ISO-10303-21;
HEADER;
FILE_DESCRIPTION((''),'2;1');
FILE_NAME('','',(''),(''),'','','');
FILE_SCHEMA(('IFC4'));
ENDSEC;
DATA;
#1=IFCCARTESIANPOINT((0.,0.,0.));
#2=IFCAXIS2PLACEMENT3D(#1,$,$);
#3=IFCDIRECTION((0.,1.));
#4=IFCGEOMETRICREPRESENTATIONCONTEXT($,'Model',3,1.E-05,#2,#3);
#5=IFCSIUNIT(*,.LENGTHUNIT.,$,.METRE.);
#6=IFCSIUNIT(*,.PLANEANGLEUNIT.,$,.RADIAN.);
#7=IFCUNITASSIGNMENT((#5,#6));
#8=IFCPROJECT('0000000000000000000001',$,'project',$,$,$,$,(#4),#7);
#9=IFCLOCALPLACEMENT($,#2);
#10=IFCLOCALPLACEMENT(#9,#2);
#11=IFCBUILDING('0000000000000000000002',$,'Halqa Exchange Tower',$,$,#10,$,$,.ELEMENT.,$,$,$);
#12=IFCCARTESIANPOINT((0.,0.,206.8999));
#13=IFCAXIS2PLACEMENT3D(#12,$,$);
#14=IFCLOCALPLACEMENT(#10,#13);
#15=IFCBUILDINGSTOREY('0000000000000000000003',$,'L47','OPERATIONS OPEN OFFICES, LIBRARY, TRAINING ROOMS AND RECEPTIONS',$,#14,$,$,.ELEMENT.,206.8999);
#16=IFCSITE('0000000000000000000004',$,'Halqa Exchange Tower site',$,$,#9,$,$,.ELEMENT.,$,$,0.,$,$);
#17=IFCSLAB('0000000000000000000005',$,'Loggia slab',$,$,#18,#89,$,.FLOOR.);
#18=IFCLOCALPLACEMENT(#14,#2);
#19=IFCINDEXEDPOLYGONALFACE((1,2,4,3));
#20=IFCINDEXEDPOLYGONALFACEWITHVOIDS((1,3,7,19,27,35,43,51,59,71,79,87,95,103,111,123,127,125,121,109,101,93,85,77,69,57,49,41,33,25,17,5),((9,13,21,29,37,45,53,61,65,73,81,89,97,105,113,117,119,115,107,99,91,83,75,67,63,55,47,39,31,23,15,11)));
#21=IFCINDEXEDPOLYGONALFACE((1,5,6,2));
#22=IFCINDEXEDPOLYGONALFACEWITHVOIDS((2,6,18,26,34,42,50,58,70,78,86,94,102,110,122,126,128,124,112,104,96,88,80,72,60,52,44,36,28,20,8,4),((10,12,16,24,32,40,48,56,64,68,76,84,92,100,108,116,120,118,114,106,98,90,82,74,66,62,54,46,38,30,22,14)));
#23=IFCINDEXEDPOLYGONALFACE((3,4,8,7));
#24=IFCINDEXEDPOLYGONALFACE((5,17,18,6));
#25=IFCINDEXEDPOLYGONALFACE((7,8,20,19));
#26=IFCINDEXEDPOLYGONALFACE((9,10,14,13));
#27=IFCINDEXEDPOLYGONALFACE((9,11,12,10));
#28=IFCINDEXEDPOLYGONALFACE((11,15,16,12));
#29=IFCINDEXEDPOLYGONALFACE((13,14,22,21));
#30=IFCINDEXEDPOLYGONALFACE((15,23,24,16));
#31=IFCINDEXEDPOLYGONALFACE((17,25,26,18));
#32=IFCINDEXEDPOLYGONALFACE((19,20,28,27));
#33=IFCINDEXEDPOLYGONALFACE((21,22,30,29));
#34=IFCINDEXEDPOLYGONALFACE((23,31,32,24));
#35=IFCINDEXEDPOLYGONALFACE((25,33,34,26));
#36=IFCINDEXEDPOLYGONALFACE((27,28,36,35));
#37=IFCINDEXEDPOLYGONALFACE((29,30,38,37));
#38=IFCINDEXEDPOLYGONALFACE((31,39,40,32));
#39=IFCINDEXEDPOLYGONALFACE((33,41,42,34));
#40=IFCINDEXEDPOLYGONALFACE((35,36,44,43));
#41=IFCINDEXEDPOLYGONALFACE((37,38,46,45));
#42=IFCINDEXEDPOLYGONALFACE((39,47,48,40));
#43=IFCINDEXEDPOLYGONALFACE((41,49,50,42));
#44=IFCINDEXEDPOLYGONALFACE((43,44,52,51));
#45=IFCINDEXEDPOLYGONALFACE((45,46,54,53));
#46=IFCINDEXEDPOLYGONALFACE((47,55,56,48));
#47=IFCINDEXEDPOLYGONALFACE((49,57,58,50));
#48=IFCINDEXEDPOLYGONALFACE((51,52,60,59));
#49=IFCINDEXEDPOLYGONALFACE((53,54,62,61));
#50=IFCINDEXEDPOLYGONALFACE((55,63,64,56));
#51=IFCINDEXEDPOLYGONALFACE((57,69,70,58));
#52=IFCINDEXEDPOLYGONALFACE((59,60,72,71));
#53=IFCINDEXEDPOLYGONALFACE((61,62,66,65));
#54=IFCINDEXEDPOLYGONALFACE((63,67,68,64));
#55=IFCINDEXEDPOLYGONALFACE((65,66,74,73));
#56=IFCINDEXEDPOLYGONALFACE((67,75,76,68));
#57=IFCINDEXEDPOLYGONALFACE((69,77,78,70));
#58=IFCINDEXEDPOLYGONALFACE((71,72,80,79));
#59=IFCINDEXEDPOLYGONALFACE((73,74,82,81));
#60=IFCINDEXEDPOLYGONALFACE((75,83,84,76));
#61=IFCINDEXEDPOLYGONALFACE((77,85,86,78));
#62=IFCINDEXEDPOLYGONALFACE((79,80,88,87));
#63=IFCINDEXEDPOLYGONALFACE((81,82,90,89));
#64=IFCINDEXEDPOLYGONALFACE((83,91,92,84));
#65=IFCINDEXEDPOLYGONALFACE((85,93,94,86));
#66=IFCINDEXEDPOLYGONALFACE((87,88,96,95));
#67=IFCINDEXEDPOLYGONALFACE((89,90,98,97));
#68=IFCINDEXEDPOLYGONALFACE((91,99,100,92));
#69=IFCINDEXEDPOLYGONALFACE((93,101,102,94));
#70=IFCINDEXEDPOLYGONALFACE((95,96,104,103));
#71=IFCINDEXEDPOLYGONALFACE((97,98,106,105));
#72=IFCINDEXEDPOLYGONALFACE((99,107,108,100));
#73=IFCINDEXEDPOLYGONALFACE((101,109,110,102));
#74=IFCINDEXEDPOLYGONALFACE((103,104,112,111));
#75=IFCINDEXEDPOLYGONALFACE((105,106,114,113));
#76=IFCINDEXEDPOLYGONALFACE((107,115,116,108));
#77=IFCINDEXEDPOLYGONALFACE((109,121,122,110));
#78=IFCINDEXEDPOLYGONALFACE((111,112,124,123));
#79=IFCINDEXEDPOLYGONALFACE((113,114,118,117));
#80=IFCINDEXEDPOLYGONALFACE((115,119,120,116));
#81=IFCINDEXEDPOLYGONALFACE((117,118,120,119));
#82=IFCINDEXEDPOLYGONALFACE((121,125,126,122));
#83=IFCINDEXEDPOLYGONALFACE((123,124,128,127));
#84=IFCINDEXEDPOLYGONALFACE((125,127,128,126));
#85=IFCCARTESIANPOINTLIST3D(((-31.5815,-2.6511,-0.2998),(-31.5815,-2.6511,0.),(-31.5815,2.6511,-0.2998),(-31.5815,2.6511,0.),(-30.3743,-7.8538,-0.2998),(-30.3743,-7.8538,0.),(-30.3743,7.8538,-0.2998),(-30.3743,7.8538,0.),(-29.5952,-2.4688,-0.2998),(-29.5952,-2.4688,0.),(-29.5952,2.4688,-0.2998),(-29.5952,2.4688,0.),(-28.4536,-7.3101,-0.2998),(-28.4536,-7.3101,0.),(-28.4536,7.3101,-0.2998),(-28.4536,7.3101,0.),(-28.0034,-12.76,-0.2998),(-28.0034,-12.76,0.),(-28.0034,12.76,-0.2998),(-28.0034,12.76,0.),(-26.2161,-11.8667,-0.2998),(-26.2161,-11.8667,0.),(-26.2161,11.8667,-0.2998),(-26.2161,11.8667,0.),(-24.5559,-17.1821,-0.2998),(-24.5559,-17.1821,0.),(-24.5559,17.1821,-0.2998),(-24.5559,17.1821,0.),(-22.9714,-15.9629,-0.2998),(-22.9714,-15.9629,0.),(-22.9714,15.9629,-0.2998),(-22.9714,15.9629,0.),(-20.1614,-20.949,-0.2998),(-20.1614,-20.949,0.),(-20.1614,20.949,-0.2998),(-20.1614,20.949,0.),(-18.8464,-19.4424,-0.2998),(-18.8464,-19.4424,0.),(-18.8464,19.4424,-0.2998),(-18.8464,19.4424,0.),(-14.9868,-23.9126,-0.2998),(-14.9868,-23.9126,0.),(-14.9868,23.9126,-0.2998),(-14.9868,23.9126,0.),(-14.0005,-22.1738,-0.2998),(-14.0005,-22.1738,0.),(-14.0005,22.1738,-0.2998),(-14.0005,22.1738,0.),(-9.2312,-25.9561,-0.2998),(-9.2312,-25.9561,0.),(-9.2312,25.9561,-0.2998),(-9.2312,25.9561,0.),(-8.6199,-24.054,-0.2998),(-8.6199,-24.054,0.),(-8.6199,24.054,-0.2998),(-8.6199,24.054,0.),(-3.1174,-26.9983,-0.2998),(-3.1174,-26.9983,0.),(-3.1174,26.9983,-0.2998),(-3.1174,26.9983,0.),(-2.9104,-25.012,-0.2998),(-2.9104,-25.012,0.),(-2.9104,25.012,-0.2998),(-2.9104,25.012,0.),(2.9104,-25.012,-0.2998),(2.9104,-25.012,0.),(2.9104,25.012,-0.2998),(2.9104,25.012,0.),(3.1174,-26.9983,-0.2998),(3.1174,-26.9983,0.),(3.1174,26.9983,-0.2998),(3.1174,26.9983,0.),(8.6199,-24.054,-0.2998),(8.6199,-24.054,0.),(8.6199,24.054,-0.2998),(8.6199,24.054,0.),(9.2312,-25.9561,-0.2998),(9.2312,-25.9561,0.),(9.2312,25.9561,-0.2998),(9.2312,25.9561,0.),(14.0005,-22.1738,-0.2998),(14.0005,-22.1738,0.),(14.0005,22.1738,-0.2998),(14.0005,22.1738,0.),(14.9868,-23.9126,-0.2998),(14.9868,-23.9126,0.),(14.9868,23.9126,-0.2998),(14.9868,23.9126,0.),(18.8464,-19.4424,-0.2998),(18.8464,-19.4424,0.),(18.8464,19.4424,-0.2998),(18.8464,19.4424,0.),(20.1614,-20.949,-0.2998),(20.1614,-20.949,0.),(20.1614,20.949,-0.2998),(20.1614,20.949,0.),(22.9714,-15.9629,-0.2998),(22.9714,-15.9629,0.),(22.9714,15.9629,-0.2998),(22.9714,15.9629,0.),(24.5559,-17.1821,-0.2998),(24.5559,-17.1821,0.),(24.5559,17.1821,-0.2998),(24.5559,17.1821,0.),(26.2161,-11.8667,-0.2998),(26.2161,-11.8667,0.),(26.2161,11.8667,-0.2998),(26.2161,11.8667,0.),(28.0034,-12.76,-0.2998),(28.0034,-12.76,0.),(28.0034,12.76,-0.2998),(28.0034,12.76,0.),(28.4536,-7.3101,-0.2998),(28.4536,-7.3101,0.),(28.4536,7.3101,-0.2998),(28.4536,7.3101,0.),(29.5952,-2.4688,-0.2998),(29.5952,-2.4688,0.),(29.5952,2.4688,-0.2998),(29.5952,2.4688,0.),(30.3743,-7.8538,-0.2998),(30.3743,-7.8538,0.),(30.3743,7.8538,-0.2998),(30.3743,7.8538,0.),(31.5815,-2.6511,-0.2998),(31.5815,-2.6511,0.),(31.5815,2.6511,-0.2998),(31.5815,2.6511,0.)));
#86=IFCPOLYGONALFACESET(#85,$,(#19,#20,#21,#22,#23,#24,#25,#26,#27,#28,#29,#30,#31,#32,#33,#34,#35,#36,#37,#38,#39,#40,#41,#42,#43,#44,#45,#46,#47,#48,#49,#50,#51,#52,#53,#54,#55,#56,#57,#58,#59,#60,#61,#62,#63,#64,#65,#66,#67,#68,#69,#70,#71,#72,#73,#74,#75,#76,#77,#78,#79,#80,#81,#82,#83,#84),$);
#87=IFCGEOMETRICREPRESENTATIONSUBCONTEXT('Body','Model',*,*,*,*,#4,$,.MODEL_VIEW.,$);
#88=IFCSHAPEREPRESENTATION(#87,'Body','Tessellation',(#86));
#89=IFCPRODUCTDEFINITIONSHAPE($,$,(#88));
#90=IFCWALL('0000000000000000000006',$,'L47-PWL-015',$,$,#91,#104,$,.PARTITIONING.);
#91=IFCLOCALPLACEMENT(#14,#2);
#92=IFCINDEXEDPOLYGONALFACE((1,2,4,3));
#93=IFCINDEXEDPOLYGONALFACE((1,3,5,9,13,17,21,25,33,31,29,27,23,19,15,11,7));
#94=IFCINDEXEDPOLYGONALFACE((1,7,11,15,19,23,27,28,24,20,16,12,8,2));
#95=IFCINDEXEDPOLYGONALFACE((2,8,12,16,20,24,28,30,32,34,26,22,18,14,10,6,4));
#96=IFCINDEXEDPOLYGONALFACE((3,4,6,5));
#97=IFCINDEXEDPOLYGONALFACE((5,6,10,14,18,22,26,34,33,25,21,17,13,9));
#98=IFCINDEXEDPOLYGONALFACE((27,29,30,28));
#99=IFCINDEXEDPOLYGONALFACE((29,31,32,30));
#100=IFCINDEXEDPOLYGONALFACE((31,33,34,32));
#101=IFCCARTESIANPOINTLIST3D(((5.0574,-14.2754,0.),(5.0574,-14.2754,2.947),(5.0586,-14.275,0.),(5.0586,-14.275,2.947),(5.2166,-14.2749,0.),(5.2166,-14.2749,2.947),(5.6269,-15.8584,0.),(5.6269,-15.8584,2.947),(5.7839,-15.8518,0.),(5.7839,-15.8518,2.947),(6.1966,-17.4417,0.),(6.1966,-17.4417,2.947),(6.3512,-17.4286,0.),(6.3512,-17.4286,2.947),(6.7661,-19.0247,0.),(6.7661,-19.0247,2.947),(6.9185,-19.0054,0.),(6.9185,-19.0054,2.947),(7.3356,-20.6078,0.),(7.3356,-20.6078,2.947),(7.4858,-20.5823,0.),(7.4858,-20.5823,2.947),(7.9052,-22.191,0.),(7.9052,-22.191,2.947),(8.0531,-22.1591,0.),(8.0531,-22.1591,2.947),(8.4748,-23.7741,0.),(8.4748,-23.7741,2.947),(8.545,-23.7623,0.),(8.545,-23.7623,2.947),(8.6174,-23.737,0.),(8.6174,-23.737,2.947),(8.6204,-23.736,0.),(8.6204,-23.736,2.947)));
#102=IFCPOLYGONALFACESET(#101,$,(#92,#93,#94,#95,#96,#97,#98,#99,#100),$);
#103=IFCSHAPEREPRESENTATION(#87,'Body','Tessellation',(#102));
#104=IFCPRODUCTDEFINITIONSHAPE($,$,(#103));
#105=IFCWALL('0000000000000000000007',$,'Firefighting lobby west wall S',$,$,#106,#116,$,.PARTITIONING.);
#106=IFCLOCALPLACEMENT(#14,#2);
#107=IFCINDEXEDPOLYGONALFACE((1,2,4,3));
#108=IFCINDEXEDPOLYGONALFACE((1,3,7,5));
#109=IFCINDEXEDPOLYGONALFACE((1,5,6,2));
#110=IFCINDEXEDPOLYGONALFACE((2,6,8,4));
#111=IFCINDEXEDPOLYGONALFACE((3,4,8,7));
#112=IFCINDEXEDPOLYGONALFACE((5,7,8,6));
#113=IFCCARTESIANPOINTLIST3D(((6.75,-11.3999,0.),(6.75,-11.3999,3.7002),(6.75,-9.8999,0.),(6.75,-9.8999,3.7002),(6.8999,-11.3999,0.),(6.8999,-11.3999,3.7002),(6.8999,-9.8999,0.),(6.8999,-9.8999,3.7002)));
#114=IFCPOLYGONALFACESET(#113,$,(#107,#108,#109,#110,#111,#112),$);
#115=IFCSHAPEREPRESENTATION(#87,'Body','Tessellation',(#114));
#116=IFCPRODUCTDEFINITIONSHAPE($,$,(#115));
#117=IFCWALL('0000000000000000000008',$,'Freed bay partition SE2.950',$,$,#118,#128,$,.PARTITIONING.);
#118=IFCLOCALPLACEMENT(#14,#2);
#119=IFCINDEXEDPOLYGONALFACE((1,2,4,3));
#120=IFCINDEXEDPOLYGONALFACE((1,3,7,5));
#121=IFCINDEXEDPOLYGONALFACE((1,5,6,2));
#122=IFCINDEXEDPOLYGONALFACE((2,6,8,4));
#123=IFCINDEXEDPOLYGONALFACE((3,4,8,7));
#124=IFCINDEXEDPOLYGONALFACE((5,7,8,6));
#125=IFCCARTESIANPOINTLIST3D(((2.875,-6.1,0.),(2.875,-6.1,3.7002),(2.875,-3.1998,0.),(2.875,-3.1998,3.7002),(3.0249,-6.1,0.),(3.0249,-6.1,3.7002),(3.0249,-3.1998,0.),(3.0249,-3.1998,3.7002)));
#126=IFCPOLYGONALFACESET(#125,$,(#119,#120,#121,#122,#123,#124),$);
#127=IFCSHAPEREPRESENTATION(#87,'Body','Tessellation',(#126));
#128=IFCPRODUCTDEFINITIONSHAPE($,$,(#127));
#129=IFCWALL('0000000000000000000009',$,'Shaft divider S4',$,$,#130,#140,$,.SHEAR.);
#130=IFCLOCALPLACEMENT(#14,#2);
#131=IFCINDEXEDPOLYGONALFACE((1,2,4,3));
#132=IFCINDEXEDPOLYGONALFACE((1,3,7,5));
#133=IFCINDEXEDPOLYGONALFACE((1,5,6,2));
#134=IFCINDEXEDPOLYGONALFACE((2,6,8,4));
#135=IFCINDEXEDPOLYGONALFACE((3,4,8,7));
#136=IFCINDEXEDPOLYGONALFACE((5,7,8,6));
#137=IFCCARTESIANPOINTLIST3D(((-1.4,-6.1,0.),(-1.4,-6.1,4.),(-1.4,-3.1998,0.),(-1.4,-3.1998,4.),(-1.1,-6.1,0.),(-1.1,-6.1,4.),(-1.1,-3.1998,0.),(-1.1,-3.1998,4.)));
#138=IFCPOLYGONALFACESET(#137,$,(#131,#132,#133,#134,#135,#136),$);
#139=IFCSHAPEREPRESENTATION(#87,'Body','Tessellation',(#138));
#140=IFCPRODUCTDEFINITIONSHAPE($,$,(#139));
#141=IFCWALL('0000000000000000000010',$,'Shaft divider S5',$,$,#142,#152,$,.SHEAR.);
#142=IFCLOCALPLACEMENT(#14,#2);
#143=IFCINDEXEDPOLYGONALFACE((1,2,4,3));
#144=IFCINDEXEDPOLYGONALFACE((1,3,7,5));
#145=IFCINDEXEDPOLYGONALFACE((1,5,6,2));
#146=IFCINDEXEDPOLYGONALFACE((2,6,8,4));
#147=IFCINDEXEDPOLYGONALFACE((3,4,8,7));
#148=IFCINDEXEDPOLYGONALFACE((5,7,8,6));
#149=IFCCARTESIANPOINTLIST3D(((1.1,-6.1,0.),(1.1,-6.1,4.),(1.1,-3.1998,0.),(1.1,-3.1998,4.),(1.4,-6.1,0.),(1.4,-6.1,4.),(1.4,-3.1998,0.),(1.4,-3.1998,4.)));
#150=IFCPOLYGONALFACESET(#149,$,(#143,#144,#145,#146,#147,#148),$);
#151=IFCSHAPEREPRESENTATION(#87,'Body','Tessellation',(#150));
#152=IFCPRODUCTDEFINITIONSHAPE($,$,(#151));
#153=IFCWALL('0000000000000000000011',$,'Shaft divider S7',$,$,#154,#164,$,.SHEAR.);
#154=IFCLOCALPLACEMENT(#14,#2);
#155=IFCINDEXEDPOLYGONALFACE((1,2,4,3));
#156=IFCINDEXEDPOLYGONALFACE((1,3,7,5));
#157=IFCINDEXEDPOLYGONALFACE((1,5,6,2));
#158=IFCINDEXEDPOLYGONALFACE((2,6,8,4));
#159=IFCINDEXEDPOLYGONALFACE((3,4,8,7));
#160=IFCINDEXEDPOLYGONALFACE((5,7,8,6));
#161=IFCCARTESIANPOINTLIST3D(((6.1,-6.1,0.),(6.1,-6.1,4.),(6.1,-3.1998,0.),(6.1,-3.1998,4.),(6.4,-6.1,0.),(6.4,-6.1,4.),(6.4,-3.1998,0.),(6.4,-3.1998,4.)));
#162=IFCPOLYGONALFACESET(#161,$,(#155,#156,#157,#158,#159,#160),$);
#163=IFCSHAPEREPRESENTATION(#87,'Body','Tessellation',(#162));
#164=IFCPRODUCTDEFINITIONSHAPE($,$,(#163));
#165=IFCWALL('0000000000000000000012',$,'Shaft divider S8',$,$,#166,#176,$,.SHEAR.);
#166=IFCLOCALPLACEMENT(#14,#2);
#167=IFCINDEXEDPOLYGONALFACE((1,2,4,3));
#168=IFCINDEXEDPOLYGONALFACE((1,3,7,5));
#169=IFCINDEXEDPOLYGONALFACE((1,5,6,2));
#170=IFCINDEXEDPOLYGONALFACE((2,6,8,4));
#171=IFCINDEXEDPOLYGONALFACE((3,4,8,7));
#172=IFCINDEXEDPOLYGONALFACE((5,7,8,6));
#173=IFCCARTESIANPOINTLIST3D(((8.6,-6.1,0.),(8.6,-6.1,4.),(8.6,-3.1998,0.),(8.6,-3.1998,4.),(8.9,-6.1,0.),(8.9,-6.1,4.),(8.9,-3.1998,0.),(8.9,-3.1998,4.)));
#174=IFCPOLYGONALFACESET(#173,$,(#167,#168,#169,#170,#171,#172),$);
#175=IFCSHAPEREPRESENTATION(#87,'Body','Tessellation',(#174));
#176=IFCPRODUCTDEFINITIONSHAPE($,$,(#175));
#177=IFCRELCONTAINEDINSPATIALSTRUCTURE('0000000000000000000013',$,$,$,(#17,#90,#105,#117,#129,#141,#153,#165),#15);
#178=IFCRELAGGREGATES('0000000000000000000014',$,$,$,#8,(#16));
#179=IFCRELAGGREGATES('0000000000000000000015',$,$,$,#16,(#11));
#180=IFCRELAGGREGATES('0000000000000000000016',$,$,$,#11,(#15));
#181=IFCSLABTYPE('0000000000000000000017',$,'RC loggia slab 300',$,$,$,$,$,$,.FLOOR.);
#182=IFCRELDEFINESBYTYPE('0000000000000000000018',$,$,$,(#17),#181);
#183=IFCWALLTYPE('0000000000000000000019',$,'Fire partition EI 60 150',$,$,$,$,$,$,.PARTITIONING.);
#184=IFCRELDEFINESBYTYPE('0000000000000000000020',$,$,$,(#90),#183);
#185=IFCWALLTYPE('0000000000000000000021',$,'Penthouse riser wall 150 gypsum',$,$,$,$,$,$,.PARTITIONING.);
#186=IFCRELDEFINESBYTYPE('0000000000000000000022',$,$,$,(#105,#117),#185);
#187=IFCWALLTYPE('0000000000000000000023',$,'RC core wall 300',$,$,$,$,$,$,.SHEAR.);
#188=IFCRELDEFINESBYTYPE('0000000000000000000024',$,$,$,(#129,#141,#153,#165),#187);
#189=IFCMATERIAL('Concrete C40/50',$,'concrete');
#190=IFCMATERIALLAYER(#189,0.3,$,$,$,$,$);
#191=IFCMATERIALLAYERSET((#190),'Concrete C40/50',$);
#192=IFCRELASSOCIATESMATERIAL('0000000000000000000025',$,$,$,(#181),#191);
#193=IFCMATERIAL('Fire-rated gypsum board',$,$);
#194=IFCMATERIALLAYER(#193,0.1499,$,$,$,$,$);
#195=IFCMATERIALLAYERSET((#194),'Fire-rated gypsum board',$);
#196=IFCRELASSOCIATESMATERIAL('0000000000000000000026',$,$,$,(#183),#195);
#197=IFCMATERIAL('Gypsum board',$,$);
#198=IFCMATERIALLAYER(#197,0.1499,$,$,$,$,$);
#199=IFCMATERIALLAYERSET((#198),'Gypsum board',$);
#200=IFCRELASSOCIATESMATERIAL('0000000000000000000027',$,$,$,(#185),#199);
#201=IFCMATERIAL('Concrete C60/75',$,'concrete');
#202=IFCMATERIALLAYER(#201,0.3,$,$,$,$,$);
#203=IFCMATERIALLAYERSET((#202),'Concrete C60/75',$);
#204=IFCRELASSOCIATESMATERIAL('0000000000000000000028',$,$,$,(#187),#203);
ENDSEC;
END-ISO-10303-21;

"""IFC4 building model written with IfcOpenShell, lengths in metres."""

from ifc_helpers import new_model, si_unit, direction, frame, frame_2d, origin, place, context, subcontext, project, spatial, polyline, rectangle, outline, extrude, material, layer, layer_set, type_object, element, save


model = new_model("IFC4")

# Units and contexts
model_context = context("Model", 3, precision=1e-05, world=origin(), true_north=direction((0.0, 1.0)))
body_context = subcontext(model_context, "Body", "Model", "MODEL_VIEW")
ifc_project = project(units=[si_unit("LENGTHUNIT", "METRE"), si_unit("PLANEANGLEUNIT", "RADIAN")], contexts=[model_context])

# Site, building, storey
site_placement = place(None, origin())
site = spatial("IfcSite", under=ifc_project, at=site_placement, Name="Halqa Exchange Tower site", CompositionType="ELEMENT", RefElevation=0.0)
building_placement = place(site_placement, origin())
building = spatial("IfcBuilding", under=site, at=building_placement, Name="Halqa Exchange Tower", CompositionType="ELEMENT")
storey_placement = place(building_placement, frame((0.0, 0.0, 206.8999)))
storey = spatial("IfcBuildingStorey", under=building, at=storey_placement, Name="L47", Description="OPERATIONS OPEN OFFICES, LIBRARY, TRAINING ROOMS AND RECEPTIONS", CompositionType="ELEMENT", Elevation=206.8999)

# Shared definitions
ifc_material_1 = material(Name="Concrete C60/75", Category="concrete")

# Slab
ifc_material_2 = material(Name="Concrete C40/50", Category="concrete")
ifc_layer_1 = layer(ifc_material_2, 0.3)
ifc_layer_set_1 = layer_set([ifc_layer_1], Name="Concrete C40/50")
slab_type_1 = type_object("IfcSlabType", Name="RC loggia slab 300", PredefinedType="FLOOR", material=ifc_layer_set_1)
slab_1_placement = place(storey_placement, frame((0.0, 0.0, -0.2998)))
element("IfcSlab", 1, at=slab_1_placement, inside=storey, type_object=slab_type_1, Name="Loggia slab", PredefinedType="FLOOR", context=body_context, shape_type="SweptSolid", body=[
    extrude(outline(polyline([(31.5815, 2.6511), (31.5815, -2.6511), (30.3743, -7.8538), (28.0034, -12.76), (24.5559, -17.1821), (20.1614, -20.949), (14.9868, -23.9126), (9.2312, -25.9561), (3.1174, -26.9983), (-3.1174, -26.9983), (-9.2312, -25.9561), (-14.9868, -23.9126), (-20.1614, -20.949), (-24.5559, -17.1821), (-28.0034, -12.76), (-30.3743, -7.8538), (-31.5815, -2.6511), (-31.5815, 2.6511), (-30.3743, 7.8538), (-28.0034, 12.76), (-24.5559, 17.1821), (-20.1614, 20.949), (-14.9868, 23.9126), (-9.2312, 25.9561), (-3.1174, 26.9983), (3.1174, 26.9983), (9.2312, 25.9561), (14.9868, 23.9126), (20.1614, 20.949), (24.5559, 17.1821), (28.0034, 12.76), (30.3743, 7.8538), (31.5815, 2.6511)]), holes=[polyline([(29.5952, 2.4688), (28.4536, 7.3101), (26.2161, 11.8667), (22.9714, 15.9629), (18.8464, 19.4424), (14.0005, 22.1738), (8.6199, 24.054), (2.9104, 25.012), (-2.9104, 25.012), (-8.6199, 24.054), (-14.0005, 22.1738), (-18.8464, 19.4424), (-22.9714, 15.9629), (-26.2161, 11.8667), (-28.4536, 7.3101), (-29.5952, 2.4688), (-29.5952, -2.4688), (-28.4536, -7.3101), (-26.2161, -11.8667), (-22.9714, -15.9629), (-18.8464, -19.4424), (-14.0005, -22.1738), (-8.6199, -24.054), (-2.9104, -25.012), (2.9104, -25.012), (8.6199, -24.054), (14.0005, -22.1738), (18.8464, -19.4424), (22.9714, -15.9629), (26.2161, -11.8667), (28.4536, -7.3101), (29.5952, -2.4688), (29.5952, 2.4688)])]), origin(), (0.0, 0.0, 1.0), 0.2998),
])

# Walls
ifc_material_3 = material(Name="Fire-rated gypsum board")
ifc_layer_2 = layer(ifc_material_3, 0.1499)
ifc_layer_set_2 = layer_set([ifc_layer_2], Name="Fire-rated gypsum board")
wall_type_1 = type_object("IfcWallType", Name="Fire partition EI 60 150", PredefinedType="PARTITIONING", material=ifc_layer_set_2)
wall_1_placement = place(storey_placement, frame((5.1279, -14.25, 0.0), z_axis=(0.0, 0.0, 1.0), x_axis=(0.33853, -0.940956, 0.0)))
element("IfcWall", 2, at=wall_1_placement, inside=storey, type_object=wall_type_1, Name="L47-PWL-015", PredefinedType="PARTITIONING", context=body_context, shape_type="SweptSolid", body=[
    extrude(outline(polyline([(0.0, -0.075), (1.6824, -0.075), (3.365, -0.075), (5.0474, -0.075), (6.7297, -0.075), (8.4124, -0.075), (10.0947, -0.075), (10.1074, -0.0049), (10.1082, 0.0718), (10.1082, 0.075), (8.4324, 0.075), (6.7566, 0.075), (5.0808, 0.075), (3.405, 0.075), (1.7292, 0.075), (0.0535, 0.075), (0.0, -0.0737), (0.0, -0.075)])), origin(), (0.0, 0.0, 1.0), 2.947),
])
ifc_material_4 = material(Name="Gypsum board")
ifc_layer_3 = layer(ifc_material_4, 0.1499)
ifc_layer_set_3 = layer_set([ifc_layer_3], Name="Gypsum board")
wall_type_2 = type_object("IfcWallType", Name="Penthouse riser wall 150 gypsum", PredefinedType="PARTITIONING", material=ifc_layer_set_3)
wall_2_placement = place(storey_placement, frame((6.825, -11.3999, 0.0), z_axis=(0.0, 0.0, 1.0), x_axis=(0.0, 1.0, 0.0)))
element("IfcWall", 3, at=wall_2_placement, inside=storey, type_object=wall_type_2, Name="Firefighting lobby west wall S", PredefinedType="PARTITIONING", context=body_context, shape_type="SweptSolid", body=[
    extrude(rectangle(XDim=1.5, YDim=0.1499, at=frame_2d((0.75, 0.0))), origin(), (0.0, 0.0, 1.0), 3.7002),
])
wall_3_placement = place(storey_placement, frame((2.95, -6.1001, 0.0), z_axis=(0.0, 0.0, 1.0), x_axis=(0.0, 1.0, 0.0)))
element("IfcWall", 4, at=wall_3_placement, inside=storey, type_object=wall_type_2, Name="Freed bay partition SE2.950", PredefinedType="PARTITIONING", context=body_context, shape_type="SweptSolid", body=[
    extrude(rectangle(XDim=2.9001, YDim=0.1499, at=frame_2d((1.4502, 0.0))), origin(), (0.0, 0.0, 1.0), 3.7002),
])
ifc_layer_4 = layer(ifc_material_1, 0.3)
ifc_layer_set_4 = layer_set([ifc_layer_4], Name="Concrete C60/75")
wall_type_3 = type_object("IfcWallType", Name="RC core wall 300", PredefinedType="SHEAR", material=ifc_layer_set_4)
for number, where, z_axis, x_axis, name in (
    (5, (-1.25, -6.1001, 0.0), (0.0, 0.0, 1.0), (0.0, 1.0, 0.0), "Shaft divider S4"),
    (6, (1.25, -6.1001, 0.0), (0.0, 0.0, 1.0), (0.0, 1.0, 0.0), "Shaft divider S5"),
    (7, (6.25, -6.1001, 0.0), (0.0, 0.0, 1.0), (0.0, 1.0, 0.0), "Shaft divider S7"),
    (8, (8.75, -6.1001, 0.0), (0.0, 0.0, 1.0), (0.0, 1.0, 0.0), "Shaft divider S8"),
):
    element("IfcWall", number, at=place(storey_placement, frame(where, z_axis=z_axis, x_axis=x_axis)), inside=storey, type_object=wall_type_3, Name=name, PredefinedType="SHEAR", context=body_context, shape_type="SweptSolid", body=[
        extrude(rectangle(XDim=2.9001, YDim=0.3, at=frame_2d((1.4502, 0.0))), origin(), (0.0, 0.0, 1.0), 4.0),
    ])

save(model, "model.ifc")
